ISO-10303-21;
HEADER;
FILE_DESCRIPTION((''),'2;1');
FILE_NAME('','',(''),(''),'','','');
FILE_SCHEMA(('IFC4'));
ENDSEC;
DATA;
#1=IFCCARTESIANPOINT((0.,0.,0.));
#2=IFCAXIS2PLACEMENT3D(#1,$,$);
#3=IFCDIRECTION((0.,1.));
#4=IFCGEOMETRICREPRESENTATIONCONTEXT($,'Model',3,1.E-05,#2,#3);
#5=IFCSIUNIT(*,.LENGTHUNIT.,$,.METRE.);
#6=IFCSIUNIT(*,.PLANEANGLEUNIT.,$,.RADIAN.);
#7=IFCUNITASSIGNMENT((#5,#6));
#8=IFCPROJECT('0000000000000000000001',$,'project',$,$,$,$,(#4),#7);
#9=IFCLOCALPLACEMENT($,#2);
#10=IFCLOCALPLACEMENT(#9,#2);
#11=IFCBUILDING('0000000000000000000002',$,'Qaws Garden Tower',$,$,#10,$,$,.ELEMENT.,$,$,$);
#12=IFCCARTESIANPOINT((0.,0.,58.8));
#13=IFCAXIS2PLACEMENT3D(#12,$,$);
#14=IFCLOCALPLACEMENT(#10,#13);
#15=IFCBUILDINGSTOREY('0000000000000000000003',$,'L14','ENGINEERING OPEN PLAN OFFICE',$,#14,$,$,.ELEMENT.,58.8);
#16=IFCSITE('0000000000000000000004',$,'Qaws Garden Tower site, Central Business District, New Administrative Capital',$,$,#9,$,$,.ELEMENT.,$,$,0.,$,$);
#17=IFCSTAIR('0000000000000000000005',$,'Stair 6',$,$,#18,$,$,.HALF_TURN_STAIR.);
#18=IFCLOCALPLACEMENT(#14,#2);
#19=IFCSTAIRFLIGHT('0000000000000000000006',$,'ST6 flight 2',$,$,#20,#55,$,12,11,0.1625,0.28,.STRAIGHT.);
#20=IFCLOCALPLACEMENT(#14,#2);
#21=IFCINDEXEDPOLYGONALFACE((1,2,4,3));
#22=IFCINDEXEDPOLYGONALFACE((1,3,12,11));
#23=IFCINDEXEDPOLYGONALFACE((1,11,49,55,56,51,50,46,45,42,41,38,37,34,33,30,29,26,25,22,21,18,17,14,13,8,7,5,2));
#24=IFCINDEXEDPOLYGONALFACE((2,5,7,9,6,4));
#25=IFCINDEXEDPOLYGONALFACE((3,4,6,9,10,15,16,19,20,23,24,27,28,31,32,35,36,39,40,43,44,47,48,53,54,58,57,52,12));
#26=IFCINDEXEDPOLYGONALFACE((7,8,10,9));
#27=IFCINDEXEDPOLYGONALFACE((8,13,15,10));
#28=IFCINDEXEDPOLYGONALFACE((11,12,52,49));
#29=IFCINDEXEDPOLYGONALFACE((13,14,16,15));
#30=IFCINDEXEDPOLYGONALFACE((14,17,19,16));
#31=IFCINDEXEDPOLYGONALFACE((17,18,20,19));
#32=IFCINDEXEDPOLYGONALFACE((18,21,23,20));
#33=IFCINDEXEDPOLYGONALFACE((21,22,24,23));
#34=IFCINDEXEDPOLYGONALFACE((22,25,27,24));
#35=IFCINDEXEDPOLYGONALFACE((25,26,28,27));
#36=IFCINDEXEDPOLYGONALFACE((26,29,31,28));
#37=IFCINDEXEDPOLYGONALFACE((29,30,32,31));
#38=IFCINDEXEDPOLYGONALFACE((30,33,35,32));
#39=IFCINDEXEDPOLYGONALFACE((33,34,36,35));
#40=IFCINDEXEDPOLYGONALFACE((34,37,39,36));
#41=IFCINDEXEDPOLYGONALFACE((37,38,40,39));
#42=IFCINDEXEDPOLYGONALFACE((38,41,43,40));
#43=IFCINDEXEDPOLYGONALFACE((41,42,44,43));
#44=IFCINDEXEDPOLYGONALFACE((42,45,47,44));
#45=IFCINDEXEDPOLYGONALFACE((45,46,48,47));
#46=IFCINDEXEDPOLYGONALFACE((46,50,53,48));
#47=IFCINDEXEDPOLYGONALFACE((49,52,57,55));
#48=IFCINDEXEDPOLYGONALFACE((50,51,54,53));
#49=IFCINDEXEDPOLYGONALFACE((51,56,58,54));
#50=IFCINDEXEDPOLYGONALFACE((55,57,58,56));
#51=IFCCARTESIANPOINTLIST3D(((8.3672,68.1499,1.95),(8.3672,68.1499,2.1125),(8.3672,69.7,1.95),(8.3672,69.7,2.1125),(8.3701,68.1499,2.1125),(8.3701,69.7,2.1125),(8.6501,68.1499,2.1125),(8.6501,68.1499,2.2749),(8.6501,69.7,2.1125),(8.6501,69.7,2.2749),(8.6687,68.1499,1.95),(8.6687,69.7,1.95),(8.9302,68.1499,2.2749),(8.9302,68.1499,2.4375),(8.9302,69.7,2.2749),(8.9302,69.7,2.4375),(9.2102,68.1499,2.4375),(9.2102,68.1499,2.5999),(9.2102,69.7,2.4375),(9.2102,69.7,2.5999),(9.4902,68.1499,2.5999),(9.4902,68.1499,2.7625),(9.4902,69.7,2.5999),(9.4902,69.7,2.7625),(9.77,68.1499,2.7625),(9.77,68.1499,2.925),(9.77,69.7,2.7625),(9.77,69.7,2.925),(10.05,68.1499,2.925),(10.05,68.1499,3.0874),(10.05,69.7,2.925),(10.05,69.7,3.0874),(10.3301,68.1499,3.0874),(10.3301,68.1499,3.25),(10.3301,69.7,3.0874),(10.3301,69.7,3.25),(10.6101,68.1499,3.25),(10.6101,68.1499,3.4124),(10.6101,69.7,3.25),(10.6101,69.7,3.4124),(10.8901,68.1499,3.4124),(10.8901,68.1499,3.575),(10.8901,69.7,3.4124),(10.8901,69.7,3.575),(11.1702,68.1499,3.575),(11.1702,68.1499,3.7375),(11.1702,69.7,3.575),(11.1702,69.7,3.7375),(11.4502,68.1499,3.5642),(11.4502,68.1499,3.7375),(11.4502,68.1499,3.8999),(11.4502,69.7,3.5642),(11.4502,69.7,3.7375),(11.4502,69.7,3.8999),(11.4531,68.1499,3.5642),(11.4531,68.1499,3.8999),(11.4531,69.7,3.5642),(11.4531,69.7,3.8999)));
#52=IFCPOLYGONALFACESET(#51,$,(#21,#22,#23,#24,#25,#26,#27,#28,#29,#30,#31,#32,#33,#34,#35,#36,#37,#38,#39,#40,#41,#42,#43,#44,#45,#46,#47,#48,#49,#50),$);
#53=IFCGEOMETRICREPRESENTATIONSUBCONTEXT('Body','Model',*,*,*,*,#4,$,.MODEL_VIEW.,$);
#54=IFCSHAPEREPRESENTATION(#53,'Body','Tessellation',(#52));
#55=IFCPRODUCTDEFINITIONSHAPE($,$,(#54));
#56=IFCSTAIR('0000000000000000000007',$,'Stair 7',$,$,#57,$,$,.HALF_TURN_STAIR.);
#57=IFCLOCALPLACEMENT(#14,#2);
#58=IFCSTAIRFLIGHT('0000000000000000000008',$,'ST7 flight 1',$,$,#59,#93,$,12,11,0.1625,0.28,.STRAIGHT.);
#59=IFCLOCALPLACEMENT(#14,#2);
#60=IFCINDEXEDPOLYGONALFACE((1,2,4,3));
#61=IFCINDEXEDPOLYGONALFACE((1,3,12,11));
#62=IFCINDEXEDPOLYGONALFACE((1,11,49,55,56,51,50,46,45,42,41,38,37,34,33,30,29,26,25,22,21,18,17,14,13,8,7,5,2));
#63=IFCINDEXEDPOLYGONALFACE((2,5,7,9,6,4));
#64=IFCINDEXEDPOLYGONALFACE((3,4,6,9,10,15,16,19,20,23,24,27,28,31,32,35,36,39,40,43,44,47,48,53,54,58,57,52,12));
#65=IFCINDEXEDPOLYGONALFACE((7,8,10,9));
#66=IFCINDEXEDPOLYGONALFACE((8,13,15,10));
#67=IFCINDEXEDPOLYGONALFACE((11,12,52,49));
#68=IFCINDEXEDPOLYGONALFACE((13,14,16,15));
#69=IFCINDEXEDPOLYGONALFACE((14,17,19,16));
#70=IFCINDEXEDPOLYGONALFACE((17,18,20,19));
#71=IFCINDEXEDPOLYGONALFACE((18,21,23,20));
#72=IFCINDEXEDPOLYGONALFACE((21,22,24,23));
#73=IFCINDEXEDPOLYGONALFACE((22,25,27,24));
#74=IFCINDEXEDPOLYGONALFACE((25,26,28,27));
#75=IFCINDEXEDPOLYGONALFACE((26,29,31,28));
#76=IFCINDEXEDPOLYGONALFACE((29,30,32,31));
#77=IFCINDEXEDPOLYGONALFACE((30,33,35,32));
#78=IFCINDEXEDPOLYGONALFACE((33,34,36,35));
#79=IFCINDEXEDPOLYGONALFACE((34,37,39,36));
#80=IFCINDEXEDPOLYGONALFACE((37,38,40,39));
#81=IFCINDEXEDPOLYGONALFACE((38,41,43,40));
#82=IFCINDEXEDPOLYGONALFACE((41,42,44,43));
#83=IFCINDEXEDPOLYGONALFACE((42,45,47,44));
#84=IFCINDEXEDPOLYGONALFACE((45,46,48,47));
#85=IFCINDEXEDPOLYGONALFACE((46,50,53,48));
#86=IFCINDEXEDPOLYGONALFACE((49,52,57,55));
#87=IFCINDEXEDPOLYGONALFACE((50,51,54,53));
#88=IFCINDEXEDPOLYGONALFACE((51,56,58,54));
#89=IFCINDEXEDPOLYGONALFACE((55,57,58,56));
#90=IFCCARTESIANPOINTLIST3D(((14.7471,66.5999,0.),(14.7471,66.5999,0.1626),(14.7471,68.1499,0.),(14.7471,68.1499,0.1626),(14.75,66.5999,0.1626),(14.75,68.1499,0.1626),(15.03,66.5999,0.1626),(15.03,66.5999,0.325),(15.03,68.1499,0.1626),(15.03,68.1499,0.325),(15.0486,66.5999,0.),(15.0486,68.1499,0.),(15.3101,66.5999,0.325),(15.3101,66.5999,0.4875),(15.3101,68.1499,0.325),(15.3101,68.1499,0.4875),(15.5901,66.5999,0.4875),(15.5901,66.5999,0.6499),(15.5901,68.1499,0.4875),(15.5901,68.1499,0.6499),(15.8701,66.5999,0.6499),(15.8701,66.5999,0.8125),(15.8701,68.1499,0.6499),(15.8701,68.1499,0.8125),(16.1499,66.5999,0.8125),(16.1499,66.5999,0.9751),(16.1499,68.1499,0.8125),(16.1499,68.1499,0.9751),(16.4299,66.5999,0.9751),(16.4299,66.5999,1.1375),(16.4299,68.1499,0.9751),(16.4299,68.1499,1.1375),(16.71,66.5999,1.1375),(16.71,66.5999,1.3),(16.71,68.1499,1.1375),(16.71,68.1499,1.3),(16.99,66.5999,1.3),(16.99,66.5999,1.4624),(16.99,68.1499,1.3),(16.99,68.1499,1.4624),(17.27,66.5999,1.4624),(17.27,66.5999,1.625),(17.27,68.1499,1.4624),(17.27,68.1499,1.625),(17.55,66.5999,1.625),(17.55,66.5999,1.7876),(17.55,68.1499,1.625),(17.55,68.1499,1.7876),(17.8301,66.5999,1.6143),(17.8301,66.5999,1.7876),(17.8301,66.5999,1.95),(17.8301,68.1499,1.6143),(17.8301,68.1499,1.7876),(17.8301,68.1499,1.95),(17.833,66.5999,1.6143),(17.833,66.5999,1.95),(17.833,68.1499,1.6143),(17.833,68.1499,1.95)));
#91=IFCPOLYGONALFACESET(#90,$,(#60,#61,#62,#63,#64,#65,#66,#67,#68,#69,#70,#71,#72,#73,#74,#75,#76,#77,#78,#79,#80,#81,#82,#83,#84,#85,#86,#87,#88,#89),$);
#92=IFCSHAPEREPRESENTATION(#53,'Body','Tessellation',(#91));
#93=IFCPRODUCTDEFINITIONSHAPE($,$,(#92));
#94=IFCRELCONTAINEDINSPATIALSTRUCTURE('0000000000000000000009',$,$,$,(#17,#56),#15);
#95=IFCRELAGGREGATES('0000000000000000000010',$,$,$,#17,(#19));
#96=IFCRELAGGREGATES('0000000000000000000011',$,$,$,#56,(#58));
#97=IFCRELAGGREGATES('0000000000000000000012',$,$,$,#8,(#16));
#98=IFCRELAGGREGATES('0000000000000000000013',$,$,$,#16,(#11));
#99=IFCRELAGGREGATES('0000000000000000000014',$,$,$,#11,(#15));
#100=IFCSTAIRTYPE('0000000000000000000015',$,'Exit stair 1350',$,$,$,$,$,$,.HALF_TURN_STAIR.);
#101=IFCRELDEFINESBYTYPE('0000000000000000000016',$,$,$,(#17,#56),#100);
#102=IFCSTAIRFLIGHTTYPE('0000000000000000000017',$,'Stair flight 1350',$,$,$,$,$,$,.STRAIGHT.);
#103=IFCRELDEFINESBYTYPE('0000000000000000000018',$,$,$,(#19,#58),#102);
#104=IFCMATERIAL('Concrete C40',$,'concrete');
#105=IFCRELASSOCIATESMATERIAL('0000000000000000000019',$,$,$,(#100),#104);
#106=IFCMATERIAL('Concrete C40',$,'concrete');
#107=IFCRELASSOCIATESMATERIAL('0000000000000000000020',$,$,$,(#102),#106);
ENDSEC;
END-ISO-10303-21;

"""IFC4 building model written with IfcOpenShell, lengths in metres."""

from ifc_helpers import new_model, si_unit, direction, frame, origin, place, context, subcontext, project, spatial, polyline, outline, extrude, material, type_object, element, aggregate, save


model = new_model("IFC4")

# Units and contexts
model_context = context("Model", 3, precision=1e-05, world=origin(), true_north=direction((0.0, 1.0)))
body_context = subcontext(model_context, "Body", "Model", "MODEL_VIEW")
ifc_project = project(units=[si_unit("LENGTHUNIT", "METRE"), si_unit("PLANEANGLEUNIT", "RADIAN")], contexts=[model_context])

# Site, building, storey
site_placement = place(None, origin())
site = spatial("IfcSite", under=ifc_project, at=site_placement, Name="Qaws Garden Tower site, Central Business District, New Administrative Capital", CompositionType="ELEMENT", RefElevation=0.0)
building_placement = place(site_placement, origin())
building = spatial("IfcBuilding", under=site, at=building_placement, Name="Qaws Garden Tower", CompositionType="ELEMENT")
storey_placement = place(building_placement, frame((0.0, 0.0, 58.8)))
storey = spatial("IfcBuildingStorey", under=building, at=storey_placement, Name="L14", Description="ENGINEERING OPEN PLAN OFFICE", CompositionType="ELEMENT", Elevation=58.8)

# Stair, stair flight
ifc_material_1 = material(Name="Concrete C40", Category="concrete")
stair_type = type_object("IfcStairType", Name="Exit stair 1350", PredefinedType="HALF_TURN_STAIR", material=ifc_material_1)
placement = place(storey_placement, origin())
stair_1 = element("IfcStair", 1, at=placement, inside=storey, type_object=stair_type, Name="Stair 6", PredefinedType="HALF_TURN_STAIR")
ifc_material_2 = material(Name="Concrete C40", Category="concrete")
stair_flight_type = type_object("IfcStairFlightType", Name="Stair flight 1350", PredefinedType="STRAIGHT", material=ifc_material_2)
stair_flight_1_placement = place(storey_placement, frame((8.3701, 68.925, 1.95), z_axis=(0.0, 0.0, 1.0), x_axis=(1.0, 0.0, 0.0)))
stair_flight_1 = element("IfcStairFlight", 2, at=stair_flight_1_placement, type_object=stair_flight_type, Name="ST6 flight 2", NumberOfRisers=12, NumberOfTreads=11, PredefinedType="STRAIGHT", RiserHeight=0.1625, TreadLength=0.28, context=body_context, shape_type="SweptSolid", body=[
    extrude(outline(polyline([(-0.0029, 0.0), (-0.0029, 0.1626), (0.0, 0.1626), (0.28, 0.1626), (0.28, 0.325), (0.5601, 0.325), (0.5601, 0.4875), (0.8401, 0.4875), (0.8401, 0.6499), (1.1201, 0.6499), (1.1201, 0.8125), (1.3999, 0.8125), (1.3999, 0.9751), (1.6799, 0.9751), (1.6799, 1.1375), (1.96, 1.1375), (1.96, 1.3), (2.24, 1.3), (2.24, 1.4624), (2.52, 1.4624), (2.52, 1.625), (2.8, 1.625), (2.8, 1.7876), (3.0801, 1.7876), (3.0801, 1.95), (3.083, 1.95), (3.083, 1.6143), (3.0801, 1.6143), (0.2986, 0.0), (-0.0029, 0.0)])), frame((0.0, 0.7749, 0.0), z_axis=(0.0, -1.0, 0.0), x_axis=(1.0, 0.0, 0.0)), (0.0, 0.0, 1.0), 1.55),
])
aggregate(stair_1, [stair_flight_1])

# Stair, stair flight
stair_2 = element("IfcStair", 3, at=placement, inside=storey, type_object=stair_type, Name="Stair 7", PredefinedType="HALF_TURN_STAIR")
stair_flight_2_placement = place(storey_placement, frame((14.75, 67.375, 0.0), z_axis=(0.0, 0.0, 1.0), x_axis=(1.0, 0.0, 0.0)))
stair_flight_2 = element("IfcStairFlight", 4, at=stair_flight_2_placement, type_object=stair_flight_type, Name="ST7 flight 1", NumberOfRisers=12, NumberOfTreads=11, PredefinedType="STRAIGHT", RiserHeight=0.1625, TreadLength=0.28, context=body_context, shape_type="SweptSolid", body=[
    extrude(outline(polyline([(-0.0029, 0.0), (-0.0029, 0.1626), (0.0, 0.1626), (0.28, 0.1626), (0.28, 0.325), (0.5601, 0.325), (0.5601, 0.4875), (0.8401, 0.4875), (0.8401, 0.6499), (1.1201, 0.6499), (1.1201, 0.8125), (1.3999, 0.8125), (1.3999, 0.9751), (1.6799, 0.9751), (1.6799, 1.1375), (1.96, 1.1375), (1.96, 1.3), (2.24, 1.3), (2.24, 1.4624), (2.52, 1.4624), (2.52, 1.625), (2.8, 1.625), (2.8, 1.7876), (3.0801, 1.7876), (3.0801, 1.95), (3.083, 1.95), (3.083, 1.6143), (3.0801, 1.6143), (0.2986, 0.0), (-0.0029, 0.0)])), frame((0.0, 0.7749, 0.0), z_axis=(0.0, -1.0, 0.0), x_axis=(1.0, 0.0, 0.0)), (0.0, 0.0, 1.0), 1.55),
])
aggregate(stair_2, [stair_flight_2])

save(model, "model.ifc")
